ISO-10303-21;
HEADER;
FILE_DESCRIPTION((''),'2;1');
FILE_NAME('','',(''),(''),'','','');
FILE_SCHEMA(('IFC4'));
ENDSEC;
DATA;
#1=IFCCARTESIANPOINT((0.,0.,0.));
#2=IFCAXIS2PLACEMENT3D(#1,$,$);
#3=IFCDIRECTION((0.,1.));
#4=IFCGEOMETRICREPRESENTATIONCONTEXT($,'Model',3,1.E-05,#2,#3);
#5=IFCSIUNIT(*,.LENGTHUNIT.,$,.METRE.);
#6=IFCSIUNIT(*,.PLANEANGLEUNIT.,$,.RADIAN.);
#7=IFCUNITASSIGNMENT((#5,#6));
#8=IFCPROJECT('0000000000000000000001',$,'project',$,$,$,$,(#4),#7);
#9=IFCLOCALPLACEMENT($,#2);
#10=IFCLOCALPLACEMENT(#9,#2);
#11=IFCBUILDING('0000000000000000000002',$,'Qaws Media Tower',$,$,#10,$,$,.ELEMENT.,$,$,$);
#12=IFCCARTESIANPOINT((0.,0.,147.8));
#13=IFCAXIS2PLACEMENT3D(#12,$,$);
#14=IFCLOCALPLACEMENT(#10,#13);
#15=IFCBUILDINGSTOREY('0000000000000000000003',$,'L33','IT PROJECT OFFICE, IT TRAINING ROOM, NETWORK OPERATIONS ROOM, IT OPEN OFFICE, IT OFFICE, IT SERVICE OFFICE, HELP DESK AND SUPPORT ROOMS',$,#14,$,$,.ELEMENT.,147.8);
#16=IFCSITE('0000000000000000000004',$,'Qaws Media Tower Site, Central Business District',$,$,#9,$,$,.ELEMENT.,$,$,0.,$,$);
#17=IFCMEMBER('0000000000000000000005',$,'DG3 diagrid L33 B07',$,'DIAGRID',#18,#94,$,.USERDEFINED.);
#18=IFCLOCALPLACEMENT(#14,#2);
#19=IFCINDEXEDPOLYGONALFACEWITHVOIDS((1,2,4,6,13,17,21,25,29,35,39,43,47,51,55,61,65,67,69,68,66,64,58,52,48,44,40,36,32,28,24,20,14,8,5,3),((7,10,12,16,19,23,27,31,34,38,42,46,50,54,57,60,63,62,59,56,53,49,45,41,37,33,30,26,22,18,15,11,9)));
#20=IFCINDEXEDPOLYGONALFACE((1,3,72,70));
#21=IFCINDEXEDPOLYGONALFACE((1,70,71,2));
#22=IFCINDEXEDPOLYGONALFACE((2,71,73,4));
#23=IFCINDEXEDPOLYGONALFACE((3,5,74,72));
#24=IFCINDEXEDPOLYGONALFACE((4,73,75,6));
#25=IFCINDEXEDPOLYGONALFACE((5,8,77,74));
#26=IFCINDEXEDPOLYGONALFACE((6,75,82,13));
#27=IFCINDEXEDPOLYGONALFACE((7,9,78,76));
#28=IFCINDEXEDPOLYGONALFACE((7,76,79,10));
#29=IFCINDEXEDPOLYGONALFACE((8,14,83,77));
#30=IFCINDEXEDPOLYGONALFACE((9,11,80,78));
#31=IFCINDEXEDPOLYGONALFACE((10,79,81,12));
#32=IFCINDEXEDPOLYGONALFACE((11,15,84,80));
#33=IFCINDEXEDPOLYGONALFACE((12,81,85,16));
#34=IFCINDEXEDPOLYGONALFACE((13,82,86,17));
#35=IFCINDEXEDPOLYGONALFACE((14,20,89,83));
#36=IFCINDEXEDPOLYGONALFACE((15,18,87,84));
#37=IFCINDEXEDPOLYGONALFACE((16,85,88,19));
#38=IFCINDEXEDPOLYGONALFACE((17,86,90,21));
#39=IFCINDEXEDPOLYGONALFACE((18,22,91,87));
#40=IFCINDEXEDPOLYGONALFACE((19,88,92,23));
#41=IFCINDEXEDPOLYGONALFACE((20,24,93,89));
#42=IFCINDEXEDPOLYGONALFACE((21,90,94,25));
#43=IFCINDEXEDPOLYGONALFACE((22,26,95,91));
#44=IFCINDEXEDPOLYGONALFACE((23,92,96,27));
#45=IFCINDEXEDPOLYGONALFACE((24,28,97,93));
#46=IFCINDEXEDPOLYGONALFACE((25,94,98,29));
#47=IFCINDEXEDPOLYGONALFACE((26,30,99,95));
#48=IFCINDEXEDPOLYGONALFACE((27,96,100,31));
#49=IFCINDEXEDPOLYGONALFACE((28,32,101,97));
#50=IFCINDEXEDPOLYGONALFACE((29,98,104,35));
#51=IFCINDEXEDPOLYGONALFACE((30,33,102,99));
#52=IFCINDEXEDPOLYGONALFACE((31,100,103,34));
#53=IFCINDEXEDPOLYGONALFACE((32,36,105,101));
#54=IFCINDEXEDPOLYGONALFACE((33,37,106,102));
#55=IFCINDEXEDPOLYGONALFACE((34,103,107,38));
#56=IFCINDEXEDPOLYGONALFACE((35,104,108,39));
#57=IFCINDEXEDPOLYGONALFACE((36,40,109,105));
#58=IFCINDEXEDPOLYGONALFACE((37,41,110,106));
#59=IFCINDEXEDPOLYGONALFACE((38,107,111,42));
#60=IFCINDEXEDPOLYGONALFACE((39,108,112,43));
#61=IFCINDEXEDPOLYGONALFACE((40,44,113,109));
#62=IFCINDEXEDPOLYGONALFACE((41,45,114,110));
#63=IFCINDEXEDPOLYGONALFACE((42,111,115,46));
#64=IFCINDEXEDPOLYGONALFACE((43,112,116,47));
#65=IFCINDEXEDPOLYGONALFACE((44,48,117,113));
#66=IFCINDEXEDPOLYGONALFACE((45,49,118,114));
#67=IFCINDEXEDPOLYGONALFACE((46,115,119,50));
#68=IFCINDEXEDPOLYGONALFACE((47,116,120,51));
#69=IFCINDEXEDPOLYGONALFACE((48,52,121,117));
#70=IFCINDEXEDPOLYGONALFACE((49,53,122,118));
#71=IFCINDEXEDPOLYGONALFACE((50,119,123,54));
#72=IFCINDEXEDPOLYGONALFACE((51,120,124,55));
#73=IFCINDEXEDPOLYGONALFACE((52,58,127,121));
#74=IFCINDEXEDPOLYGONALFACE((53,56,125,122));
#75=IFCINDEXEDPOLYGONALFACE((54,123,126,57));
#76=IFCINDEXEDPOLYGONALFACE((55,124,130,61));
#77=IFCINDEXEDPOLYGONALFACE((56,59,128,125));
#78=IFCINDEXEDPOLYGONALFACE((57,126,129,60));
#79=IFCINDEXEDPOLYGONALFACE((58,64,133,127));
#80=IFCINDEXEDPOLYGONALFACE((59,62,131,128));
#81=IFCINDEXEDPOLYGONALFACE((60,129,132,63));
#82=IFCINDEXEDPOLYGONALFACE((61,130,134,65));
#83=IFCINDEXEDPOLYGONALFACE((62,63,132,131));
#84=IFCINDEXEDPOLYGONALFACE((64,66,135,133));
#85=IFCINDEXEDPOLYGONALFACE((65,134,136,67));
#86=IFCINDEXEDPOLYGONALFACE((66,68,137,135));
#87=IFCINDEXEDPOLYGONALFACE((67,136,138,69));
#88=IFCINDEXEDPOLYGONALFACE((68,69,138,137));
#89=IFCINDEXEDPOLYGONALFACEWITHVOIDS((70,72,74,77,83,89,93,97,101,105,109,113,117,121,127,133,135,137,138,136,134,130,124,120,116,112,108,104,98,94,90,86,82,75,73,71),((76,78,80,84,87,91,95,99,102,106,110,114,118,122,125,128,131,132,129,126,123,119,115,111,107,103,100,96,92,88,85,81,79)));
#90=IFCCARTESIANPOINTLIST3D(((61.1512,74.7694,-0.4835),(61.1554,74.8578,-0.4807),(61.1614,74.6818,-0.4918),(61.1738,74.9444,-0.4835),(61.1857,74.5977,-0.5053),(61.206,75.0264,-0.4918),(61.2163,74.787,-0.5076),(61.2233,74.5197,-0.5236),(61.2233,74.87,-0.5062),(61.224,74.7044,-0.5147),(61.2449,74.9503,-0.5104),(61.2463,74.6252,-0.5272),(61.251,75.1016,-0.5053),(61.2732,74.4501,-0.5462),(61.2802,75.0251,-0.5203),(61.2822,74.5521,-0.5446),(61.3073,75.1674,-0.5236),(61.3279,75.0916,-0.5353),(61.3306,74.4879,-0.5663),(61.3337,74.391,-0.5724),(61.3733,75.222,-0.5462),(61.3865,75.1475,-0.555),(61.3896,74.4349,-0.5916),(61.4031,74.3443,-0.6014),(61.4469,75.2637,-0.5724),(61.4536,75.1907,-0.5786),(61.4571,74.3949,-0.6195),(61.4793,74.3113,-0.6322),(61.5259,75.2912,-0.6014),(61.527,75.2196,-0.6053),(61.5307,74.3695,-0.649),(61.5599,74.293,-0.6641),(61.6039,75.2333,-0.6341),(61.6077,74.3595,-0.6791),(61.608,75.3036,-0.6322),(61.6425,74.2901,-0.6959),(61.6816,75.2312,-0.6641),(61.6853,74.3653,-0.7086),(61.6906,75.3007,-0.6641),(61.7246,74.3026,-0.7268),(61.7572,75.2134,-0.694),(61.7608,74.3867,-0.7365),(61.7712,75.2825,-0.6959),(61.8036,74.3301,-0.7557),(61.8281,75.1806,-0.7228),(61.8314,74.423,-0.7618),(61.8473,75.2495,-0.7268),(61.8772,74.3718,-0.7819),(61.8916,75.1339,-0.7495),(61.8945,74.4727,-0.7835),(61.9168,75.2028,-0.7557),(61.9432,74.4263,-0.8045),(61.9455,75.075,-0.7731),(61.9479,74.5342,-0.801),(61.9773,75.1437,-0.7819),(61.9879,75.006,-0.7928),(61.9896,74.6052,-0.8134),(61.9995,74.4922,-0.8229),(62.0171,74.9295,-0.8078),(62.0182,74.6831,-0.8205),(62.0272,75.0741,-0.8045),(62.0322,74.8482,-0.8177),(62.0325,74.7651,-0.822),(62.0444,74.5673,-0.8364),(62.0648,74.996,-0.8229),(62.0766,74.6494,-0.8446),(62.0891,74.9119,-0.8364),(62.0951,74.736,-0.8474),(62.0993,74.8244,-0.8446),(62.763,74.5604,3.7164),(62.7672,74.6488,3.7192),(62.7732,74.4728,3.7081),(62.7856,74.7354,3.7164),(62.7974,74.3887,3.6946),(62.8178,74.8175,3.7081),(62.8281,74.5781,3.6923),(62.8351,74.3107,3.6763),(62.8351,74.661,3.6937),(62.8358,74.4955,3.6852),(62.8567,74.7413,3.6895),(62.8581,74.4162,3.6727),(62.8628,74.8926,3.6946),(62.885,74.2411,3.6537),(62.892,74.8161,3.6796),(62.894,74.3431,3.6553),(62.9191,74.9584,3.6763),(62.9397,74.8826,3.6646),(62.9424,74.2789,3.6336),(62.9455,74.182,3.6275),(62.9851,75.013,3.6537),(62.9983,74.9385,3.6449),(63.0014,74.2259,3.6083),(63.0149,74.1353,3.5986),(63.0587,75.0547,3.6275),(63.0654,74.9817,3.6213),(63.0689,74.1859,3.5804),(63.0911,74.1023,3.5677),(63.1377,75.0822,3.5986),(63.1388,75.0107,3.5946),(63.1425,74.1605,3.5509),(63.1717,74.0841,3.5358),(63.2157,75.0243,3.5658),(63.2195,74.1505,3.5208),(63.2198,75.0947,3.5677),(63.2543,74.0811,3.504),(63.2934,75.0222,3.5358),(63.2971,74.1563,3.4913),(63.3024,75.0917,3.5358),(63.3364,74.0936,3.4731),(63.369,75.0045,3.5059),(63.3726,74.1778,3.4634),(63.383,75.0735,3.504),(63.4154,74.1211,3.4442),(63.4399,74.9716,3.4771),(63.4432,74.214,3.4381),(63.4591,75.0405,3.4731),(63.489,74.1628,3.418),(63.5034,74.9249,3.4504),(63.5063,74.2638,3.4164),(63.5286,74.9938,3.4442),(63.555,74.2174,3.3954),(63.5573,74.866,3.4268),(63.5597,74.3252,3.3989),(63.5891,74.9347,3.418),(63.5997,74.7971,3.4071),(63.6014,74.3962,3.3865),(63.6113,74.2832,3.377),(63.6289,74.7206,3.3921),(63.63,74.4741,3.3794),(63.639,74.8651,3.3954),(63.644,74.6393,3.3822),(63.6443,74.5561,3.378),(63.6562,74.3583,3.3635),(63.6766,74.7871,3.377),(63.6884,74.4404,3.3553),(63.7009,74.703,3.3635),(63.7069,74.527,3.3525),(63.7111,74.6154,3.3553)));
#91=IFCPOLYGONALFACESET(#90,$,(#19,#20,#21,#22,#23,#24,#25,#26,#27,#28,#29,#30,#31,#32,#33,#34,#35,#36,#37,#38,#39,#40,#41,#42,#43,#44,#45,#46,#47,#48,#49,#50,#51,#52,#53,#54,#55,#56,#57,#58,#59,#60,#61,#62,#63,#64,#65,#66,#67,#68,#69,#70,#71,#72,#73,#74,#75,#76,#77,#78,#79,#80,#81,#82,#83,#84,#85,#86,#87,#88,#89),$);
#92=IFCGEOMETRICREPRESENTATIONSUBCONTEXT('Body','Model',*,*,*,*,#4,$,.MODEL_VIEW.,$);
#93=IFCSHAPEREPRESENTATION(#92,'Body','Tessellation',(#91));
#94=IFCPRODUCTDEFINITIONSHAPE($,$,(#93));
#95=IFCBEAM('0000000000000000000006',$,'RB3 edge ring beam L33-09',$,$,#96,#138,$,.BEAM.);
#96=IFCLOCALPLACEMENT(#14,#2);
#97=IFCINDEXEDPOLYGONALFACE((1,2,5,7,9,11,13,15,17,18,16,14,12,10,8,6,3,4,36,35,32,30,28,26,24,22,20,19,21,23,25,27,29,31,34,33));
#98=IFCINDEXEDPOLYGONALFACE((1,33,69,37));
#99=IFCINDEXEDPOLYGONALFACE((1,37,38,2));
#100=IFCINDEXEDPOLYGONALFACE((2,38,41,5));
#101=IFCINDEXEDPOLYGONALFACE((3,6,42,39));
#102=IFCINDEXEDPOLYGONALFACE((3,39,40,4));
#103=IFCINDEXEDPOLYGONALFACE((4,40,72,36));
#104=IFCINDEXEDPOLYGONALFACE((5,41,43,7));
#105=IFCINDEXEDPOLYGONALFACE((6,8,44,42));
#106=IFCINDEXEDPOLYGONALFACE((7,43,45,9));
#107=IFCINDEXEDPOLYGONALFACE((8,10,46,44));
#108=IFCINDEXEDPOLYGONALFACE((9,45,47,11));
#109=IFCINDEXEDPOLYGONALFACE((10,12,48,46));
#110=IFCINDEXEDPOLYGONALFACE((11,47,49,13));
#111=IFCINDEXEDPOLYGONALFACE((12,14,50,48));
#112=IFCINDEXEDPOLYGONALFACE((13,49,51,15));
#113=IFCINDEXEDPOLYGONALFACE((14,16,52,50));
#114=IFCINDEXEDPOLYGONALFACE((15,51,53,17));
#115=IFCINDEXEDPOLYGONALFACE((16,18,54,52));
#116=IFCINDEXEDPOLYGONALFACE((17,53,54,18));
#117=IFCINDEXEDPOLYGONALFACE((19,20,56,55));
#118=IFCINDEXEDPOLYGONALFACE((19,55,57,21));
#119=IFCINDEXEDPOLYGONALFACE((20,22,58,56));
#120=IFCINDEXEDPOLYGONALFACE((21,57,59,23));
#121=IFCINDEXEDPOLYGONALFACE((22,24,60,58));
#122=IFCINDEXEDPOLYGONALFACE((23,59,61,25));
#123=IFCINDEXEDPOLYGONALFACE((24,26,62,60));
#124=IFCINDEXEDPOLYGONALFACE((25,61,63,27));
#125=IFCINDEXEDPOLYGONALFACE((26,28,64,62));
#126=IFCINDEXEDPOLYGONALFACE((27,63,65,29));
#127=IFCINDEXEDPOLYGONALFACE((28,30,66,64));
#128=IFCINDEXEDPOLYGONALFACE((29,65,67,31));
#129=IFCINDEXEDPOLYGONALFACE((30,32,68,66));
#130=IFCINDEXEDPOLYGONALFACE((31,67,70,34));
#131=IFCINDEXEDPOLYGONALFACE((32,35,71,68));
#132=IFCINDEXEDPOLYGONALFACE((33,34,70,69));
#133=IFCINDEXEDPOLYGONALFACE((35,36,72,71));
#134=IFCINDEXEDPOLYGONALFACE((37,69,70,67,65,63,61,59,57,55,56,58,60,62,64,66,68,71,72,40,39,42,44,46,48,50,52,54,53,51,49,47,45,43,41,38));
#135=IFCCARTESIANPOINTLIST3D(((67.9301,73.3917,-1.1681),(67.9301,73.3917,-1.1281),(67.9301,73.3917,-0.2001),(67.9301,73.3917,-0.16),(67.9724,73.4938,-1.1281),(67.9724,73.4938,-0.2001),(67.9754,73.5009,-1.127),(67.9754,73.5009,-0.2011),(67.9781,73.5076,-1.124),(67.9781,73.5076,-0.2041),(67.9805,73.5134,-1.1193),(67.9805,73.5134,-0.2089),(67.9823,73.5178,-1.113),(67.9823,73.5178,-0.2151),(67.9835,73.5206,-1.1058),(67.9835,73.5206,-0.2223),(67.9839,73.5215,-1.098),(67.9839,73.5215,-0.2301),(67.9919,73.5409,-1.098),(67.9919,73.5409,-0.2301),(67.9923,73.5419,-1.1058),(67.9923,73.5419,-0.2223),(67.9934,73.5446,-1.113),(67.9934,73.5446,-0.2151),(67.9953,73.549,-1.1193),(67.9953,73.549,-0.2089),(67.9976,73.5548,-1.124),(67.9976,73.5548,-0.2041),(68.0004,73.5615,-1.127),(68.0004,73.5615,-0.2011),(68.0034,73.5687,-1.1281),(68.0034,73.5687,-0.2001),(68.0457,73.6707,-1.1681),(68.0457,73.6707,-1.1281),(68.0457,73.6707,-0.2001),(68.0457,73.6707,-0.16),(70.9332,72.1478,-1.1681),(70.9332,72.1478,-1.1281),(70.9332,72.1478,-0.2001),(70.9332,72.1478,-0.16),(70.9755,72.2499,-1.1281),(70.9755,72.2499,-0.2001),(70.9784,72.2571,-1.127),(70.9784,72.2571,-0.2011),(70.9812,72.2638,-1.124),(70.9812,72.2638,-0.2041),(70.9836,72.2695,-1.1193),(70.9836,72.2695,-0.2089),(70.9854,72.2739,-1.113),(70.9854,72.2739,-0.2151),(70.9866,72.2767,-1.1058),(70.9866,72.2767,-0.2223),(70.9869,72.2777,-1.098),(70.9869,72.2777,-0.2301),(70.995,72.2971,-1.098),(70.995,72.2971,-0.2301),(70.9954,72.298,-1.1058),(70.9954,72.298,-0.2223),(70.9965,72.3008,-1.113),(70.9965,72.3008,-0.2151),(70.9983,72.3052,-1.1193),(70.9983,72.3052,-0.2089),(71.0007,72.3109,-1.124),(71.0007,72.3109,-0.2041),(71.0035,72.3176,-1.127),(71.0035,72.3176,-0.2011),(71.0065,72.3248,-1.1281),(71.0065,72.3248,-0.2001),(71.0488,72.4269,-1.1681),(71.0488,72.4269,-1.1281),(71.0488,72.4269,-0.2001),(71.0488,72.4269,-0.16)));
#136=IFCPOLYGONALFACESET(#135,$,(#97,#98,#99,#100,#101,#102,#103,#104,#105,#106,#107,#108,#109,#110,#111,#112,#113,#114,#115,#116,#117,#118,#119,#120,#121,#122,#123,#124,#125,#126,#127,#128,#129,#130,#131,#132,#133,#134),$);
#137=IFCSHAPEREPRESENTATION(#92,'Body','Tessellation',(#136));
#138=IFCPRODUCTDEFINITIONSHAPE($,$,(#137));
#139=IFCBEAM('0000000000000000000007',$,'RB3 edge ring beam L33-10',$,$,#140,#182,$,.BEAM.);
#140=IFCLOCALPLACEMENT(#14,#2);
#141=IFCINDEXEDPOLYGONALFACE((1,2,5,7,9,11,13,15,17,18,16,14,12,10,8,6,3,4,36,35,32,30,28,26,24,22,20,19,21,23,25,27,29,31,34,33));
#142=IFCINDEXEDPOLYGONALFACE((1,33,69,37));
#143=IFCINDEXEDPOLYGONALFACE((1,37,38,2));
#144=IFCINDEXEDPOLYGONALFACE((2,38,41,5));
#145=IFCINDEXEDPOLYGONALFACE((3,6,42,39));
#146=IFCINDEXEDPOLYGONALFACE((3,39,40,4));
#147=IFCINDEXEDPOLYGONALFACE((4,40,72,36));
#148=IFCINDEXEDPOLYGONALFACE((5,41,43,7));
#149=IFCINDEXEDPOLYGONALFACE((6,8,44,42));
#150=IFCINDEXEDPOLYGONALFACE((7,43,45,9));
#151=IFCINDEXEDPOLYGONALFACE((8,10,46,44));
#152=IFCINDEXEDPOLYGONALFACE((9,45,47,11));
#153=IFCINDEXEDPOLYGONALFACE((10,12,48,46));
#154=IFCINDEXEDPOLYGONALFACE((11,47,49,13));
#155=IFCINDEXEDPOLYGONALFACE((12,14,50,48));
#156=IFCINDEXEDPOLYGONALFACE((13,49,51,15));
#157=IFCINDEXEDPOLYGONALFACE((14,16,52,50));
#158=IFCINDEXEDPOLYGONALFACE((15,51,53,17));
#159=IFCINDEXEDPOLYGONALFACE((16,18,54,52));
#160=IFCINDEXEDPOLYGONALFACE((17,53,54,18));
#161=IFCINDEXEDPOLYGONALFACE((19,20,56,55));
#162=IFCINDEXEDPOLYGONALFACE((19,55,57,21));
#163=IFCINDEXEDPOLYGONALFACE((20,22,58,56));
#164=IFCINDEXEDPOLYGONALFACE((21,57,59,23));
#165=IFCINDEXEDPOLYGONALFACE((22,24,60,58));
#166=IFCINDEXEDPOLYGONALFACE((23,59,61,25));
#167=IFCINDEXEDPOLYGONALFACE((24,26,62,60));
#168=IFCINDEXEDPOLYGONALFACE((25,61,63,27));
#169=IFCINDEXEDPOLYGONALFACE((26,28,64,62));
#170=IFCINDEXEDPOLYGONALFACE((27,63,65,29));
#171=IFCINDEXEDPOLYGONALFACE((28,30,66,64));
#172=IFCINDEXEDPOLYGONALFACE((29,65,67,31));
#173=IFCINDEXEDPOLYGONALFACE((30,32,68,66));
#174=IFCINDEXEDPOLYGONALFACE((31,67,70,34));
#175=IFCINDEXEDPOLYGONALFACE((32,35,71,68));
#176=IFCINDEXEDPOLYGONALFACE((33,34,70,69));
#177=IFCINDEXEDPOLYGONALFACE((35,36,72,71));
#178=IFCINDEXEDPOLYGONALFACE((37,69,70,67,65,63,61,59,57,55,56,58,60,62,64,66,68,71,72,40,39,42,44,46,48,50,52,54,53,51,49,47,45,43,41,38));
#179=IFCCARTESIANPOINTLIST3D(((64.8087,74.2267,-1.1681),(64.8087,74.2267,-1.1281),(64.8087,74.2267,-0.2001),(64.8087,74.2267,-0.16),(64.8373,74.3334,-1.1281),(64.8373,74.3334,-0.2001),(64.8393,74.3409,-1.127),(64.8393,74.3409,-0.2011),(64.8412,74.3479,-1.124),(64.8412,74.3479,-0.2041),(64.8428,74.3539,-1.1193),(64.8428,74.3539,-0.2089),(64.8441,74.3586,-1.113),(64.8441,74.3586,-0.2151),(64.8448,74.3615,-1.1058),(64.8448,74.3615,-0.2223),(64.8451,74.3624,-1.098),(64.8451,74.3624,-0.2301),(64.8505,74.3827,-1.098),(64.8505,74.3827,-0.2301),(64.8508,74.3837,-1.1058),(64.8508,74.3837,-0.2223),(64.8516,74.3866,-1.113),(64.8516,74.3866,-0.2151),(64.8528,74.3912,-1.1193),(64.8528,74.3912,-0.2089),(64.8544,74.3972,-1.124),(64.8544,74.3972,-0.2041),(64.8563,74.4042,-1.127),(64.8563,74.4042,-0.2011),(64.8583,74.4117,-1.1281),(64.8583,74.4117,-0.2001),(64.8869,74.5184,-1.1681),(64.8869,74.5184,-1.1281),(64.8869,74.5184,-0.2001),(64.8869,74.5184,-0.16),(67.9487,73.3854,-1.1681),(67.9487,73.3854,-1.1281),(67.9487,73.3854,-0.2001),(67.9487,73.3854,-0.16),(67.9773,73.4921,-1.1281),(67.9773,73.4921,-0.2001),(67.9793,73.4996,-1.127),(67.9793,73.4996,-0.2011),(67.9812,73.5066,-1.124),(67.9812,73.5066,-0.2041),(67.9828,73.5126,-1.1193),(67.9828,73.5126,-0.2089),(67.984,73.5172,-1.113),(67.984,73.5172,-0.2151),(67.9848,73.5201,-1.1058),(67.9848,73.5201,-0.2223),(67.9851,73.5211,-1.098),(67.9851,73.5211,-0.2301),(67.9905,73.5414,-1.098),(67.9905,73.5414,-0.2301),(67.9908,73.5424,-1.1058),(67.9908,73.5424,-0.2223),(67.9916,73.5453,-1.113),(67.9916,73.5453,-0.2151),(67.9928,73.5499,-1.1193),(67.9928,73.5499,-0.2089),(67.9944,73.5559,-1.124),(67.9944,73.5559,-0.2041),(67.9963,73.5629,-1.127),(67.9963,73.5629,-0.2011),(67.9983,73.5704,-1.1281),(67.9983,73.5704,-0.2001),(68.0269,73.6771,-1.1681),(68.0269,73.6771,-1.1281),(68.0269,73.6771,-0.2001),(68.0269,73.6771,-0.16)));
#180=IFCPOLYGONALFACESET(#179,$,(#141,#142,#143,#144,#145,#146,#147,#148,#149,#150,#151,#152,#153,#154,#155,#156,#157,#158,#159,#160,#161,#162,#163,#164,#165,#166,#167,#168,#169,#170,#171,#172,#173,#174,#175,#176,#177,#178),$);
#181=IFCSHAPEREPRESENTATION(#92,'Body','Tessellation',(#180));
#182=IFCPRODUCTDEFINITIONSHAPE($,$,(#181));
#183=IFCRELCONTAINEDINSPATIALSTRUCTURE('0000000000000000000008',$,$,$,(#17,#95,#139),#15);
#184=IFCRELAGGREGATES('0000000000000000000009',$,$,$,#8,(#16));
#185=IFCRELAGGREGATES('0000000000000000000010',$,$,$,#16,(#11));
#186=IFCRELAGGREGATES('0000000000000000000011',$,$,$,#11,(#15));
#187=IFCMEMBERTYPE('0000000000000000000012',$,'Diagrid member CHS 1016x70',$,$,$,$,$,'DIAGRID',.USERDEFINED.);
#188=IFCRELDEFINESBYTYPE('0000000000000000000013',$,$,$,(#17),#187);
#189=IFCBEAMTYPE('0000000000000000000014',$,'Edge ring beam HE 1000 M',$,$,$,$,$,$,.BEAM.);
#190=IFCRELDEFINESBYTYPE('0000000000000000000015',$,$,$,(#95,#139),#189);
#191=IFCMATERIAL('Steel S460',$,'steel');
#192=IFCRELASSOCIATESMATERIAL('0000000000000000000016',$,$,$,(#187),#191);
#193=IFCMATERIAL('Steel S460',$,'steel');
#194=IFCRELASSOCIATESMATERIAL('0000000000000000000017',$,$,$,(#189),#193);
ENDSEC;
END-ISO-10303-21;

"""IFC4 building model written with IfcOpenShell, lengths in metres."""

from ifc_helpers import new_model, si_unit, direction, frame, origin, origin_2d, place, context, subcontext, project, spatial, hollow_circle, i_section, extrude, material, material_profile, profile_set, type_object, element, save


model = new_model("IFC4")

# Units and contexts
model_context = context("Model", 3, precision=1e-05, world=origin(), true_north=direction((0.0, 1.0)))
body_context = subcontext(model_context, "Body", "Model", "MODEL_VIEW")
ifc_project = project(units=[si_unit("LENGTHUNIT", "METRE"), si_unit("PLANEANGLEUNIT", "RADIAN")], contexts=[model_context])

# Site, building, storey
site_placement = place(None, origin())
site = spatial("IfcSite", under=ifc_project, at=site_placement, Name="Qaws Media Tower Site, Central Business District", CompositionType="ELEMENT", RefElevation=0.0)
building_placement = place(site_placement, origin())
building = spatial("IfcBuilding", under=site, at=building_placement, Name="Qaws Media Tower", CompositionType="ELEMENT")
storey_placement = place(building_placement, frame((0.0, 0.0, 147.8)))
storey = spatial("IfcBuildingStorey", under=building, at=storey_placement, Name="L33", Description="IT PROJECT OFFICE, IT TRAINING ROOM, NETWORK OPERATIONS ROOM, IT OPEN OFFICE, IT OFFICE, IT SERVICE OFFICE, HELP DESK AND SUPPORT ROOMS", CompositionType="ELEMENT", Elevation=147.8)

# Member
ifc_material_1 = material(Name="Steel S460", Category="steel")
ifc_material_profile_1 = material_profile(ifc_material_1, hollow_circle(Radius=0.5081, WallThickness=0.0701, at=origin_2d()), Name="CHS 1016x70")
ifc_profile_set_1 = profile_set([ifc_material_profile_1], Name="Steel S460")
member_type_1 = type_object("IfcMemberType", Name="Diagrid member CHS 1016x70", ElementType="DIAGRID", PredefinedType="USERDEFINED", material=ifc_profile_set_1)
for number, where, z_axis, x_axis, name in (
    (1, (61.6252, 74.7969, -0.6641), (0.357906, -0.046405, 0.932604), (0.128581, 0.991699, 0.0), "DG3 diagrid L33 B07"),
):
    element("IfcMember", number, at=place(storey_placement, frame(where, z_axis=z_axis, x_axis=x_axis)), inside=storey, type_object=member_type_1, Name=name, ObjectType="DIAGRID", PredefinedType="USERDEFINED", context=body_context, shape_type="SweptSolid", body=[
        extrude(hollow_circle(Radius=0.5081, WallThickness=0.0701, at=origin_2d()), origin(), (0.0, 0.0, 1.0), 4.5034),
    ])

# Beams
ifc_material_2 = material(Name="Steel S460", Category="steel")
ifc_material_profile_2 = material_profile(ifc_material_2, i_section(OverallWidth=0.302, OverallDepth=1.0081, WebThickness=0.021, FlangeThickness=0.04, FilletRadius=0.03, at=origin_2d()), Name="HE 1000 M")
ifc_profile_set_2 = profile_set([ifc_material_profile_2], Name="Steel S460")
beam_type = type_object("IfcBeamType", Name="Edge ring beam HE 1000 M", PredefinedType="BEAM", material=ifc_profile_set_2)
beam_1_placement = place(storey_placement, frame((70.991, 72.2874, -0.6641), z_axis=(-0.923886, 0.382668, 0.0), x_axis=(-0.382668, -0.923886, 0.0)))
element("IfcBeam", 2, at=beam_1_placement, inside=storey, type_object=beam_type, Name="RB3 edge ring beam L33-09", PredefinedType="BEAM", context=body_context, shape_type="SweptSolid", body=[
    extrude(i_section(OverallWidth=0.302, OverallDepth=1.0081, WebThickness=0.021, FlangeThickness=0.04, FilletRadius=0.03, at=origin_2d()), origin(), (0.0, 0.0, 1.0), 3.2505),
])
beam_2_placement = place(storey_placement, frame((67.9878, 73.5312, -0.6641), z_axis=(-0.965928, 0.258812, 0.0), x_axis=(-0.258812, -0.965928, 0.0)))
element("IfcBeam", 3, at=beam_2_placement, inside=storey, type_object=beam_type, Name="RB3 edge ring beam L33-10", PredefinedType="BEAM", context=body_context, shape_type="SweptSolid", body=[
    extrude(i_section(OverallWidth=0.302, OverallDepth=1.0081, WebThickness=0.021, FlangeThickness=0.04, FilletRadius=0.03, at=origin_2d()), origin(), (0.0, 0.0, 1.0), 3.2507),
])

save(model, "model.ifc")
